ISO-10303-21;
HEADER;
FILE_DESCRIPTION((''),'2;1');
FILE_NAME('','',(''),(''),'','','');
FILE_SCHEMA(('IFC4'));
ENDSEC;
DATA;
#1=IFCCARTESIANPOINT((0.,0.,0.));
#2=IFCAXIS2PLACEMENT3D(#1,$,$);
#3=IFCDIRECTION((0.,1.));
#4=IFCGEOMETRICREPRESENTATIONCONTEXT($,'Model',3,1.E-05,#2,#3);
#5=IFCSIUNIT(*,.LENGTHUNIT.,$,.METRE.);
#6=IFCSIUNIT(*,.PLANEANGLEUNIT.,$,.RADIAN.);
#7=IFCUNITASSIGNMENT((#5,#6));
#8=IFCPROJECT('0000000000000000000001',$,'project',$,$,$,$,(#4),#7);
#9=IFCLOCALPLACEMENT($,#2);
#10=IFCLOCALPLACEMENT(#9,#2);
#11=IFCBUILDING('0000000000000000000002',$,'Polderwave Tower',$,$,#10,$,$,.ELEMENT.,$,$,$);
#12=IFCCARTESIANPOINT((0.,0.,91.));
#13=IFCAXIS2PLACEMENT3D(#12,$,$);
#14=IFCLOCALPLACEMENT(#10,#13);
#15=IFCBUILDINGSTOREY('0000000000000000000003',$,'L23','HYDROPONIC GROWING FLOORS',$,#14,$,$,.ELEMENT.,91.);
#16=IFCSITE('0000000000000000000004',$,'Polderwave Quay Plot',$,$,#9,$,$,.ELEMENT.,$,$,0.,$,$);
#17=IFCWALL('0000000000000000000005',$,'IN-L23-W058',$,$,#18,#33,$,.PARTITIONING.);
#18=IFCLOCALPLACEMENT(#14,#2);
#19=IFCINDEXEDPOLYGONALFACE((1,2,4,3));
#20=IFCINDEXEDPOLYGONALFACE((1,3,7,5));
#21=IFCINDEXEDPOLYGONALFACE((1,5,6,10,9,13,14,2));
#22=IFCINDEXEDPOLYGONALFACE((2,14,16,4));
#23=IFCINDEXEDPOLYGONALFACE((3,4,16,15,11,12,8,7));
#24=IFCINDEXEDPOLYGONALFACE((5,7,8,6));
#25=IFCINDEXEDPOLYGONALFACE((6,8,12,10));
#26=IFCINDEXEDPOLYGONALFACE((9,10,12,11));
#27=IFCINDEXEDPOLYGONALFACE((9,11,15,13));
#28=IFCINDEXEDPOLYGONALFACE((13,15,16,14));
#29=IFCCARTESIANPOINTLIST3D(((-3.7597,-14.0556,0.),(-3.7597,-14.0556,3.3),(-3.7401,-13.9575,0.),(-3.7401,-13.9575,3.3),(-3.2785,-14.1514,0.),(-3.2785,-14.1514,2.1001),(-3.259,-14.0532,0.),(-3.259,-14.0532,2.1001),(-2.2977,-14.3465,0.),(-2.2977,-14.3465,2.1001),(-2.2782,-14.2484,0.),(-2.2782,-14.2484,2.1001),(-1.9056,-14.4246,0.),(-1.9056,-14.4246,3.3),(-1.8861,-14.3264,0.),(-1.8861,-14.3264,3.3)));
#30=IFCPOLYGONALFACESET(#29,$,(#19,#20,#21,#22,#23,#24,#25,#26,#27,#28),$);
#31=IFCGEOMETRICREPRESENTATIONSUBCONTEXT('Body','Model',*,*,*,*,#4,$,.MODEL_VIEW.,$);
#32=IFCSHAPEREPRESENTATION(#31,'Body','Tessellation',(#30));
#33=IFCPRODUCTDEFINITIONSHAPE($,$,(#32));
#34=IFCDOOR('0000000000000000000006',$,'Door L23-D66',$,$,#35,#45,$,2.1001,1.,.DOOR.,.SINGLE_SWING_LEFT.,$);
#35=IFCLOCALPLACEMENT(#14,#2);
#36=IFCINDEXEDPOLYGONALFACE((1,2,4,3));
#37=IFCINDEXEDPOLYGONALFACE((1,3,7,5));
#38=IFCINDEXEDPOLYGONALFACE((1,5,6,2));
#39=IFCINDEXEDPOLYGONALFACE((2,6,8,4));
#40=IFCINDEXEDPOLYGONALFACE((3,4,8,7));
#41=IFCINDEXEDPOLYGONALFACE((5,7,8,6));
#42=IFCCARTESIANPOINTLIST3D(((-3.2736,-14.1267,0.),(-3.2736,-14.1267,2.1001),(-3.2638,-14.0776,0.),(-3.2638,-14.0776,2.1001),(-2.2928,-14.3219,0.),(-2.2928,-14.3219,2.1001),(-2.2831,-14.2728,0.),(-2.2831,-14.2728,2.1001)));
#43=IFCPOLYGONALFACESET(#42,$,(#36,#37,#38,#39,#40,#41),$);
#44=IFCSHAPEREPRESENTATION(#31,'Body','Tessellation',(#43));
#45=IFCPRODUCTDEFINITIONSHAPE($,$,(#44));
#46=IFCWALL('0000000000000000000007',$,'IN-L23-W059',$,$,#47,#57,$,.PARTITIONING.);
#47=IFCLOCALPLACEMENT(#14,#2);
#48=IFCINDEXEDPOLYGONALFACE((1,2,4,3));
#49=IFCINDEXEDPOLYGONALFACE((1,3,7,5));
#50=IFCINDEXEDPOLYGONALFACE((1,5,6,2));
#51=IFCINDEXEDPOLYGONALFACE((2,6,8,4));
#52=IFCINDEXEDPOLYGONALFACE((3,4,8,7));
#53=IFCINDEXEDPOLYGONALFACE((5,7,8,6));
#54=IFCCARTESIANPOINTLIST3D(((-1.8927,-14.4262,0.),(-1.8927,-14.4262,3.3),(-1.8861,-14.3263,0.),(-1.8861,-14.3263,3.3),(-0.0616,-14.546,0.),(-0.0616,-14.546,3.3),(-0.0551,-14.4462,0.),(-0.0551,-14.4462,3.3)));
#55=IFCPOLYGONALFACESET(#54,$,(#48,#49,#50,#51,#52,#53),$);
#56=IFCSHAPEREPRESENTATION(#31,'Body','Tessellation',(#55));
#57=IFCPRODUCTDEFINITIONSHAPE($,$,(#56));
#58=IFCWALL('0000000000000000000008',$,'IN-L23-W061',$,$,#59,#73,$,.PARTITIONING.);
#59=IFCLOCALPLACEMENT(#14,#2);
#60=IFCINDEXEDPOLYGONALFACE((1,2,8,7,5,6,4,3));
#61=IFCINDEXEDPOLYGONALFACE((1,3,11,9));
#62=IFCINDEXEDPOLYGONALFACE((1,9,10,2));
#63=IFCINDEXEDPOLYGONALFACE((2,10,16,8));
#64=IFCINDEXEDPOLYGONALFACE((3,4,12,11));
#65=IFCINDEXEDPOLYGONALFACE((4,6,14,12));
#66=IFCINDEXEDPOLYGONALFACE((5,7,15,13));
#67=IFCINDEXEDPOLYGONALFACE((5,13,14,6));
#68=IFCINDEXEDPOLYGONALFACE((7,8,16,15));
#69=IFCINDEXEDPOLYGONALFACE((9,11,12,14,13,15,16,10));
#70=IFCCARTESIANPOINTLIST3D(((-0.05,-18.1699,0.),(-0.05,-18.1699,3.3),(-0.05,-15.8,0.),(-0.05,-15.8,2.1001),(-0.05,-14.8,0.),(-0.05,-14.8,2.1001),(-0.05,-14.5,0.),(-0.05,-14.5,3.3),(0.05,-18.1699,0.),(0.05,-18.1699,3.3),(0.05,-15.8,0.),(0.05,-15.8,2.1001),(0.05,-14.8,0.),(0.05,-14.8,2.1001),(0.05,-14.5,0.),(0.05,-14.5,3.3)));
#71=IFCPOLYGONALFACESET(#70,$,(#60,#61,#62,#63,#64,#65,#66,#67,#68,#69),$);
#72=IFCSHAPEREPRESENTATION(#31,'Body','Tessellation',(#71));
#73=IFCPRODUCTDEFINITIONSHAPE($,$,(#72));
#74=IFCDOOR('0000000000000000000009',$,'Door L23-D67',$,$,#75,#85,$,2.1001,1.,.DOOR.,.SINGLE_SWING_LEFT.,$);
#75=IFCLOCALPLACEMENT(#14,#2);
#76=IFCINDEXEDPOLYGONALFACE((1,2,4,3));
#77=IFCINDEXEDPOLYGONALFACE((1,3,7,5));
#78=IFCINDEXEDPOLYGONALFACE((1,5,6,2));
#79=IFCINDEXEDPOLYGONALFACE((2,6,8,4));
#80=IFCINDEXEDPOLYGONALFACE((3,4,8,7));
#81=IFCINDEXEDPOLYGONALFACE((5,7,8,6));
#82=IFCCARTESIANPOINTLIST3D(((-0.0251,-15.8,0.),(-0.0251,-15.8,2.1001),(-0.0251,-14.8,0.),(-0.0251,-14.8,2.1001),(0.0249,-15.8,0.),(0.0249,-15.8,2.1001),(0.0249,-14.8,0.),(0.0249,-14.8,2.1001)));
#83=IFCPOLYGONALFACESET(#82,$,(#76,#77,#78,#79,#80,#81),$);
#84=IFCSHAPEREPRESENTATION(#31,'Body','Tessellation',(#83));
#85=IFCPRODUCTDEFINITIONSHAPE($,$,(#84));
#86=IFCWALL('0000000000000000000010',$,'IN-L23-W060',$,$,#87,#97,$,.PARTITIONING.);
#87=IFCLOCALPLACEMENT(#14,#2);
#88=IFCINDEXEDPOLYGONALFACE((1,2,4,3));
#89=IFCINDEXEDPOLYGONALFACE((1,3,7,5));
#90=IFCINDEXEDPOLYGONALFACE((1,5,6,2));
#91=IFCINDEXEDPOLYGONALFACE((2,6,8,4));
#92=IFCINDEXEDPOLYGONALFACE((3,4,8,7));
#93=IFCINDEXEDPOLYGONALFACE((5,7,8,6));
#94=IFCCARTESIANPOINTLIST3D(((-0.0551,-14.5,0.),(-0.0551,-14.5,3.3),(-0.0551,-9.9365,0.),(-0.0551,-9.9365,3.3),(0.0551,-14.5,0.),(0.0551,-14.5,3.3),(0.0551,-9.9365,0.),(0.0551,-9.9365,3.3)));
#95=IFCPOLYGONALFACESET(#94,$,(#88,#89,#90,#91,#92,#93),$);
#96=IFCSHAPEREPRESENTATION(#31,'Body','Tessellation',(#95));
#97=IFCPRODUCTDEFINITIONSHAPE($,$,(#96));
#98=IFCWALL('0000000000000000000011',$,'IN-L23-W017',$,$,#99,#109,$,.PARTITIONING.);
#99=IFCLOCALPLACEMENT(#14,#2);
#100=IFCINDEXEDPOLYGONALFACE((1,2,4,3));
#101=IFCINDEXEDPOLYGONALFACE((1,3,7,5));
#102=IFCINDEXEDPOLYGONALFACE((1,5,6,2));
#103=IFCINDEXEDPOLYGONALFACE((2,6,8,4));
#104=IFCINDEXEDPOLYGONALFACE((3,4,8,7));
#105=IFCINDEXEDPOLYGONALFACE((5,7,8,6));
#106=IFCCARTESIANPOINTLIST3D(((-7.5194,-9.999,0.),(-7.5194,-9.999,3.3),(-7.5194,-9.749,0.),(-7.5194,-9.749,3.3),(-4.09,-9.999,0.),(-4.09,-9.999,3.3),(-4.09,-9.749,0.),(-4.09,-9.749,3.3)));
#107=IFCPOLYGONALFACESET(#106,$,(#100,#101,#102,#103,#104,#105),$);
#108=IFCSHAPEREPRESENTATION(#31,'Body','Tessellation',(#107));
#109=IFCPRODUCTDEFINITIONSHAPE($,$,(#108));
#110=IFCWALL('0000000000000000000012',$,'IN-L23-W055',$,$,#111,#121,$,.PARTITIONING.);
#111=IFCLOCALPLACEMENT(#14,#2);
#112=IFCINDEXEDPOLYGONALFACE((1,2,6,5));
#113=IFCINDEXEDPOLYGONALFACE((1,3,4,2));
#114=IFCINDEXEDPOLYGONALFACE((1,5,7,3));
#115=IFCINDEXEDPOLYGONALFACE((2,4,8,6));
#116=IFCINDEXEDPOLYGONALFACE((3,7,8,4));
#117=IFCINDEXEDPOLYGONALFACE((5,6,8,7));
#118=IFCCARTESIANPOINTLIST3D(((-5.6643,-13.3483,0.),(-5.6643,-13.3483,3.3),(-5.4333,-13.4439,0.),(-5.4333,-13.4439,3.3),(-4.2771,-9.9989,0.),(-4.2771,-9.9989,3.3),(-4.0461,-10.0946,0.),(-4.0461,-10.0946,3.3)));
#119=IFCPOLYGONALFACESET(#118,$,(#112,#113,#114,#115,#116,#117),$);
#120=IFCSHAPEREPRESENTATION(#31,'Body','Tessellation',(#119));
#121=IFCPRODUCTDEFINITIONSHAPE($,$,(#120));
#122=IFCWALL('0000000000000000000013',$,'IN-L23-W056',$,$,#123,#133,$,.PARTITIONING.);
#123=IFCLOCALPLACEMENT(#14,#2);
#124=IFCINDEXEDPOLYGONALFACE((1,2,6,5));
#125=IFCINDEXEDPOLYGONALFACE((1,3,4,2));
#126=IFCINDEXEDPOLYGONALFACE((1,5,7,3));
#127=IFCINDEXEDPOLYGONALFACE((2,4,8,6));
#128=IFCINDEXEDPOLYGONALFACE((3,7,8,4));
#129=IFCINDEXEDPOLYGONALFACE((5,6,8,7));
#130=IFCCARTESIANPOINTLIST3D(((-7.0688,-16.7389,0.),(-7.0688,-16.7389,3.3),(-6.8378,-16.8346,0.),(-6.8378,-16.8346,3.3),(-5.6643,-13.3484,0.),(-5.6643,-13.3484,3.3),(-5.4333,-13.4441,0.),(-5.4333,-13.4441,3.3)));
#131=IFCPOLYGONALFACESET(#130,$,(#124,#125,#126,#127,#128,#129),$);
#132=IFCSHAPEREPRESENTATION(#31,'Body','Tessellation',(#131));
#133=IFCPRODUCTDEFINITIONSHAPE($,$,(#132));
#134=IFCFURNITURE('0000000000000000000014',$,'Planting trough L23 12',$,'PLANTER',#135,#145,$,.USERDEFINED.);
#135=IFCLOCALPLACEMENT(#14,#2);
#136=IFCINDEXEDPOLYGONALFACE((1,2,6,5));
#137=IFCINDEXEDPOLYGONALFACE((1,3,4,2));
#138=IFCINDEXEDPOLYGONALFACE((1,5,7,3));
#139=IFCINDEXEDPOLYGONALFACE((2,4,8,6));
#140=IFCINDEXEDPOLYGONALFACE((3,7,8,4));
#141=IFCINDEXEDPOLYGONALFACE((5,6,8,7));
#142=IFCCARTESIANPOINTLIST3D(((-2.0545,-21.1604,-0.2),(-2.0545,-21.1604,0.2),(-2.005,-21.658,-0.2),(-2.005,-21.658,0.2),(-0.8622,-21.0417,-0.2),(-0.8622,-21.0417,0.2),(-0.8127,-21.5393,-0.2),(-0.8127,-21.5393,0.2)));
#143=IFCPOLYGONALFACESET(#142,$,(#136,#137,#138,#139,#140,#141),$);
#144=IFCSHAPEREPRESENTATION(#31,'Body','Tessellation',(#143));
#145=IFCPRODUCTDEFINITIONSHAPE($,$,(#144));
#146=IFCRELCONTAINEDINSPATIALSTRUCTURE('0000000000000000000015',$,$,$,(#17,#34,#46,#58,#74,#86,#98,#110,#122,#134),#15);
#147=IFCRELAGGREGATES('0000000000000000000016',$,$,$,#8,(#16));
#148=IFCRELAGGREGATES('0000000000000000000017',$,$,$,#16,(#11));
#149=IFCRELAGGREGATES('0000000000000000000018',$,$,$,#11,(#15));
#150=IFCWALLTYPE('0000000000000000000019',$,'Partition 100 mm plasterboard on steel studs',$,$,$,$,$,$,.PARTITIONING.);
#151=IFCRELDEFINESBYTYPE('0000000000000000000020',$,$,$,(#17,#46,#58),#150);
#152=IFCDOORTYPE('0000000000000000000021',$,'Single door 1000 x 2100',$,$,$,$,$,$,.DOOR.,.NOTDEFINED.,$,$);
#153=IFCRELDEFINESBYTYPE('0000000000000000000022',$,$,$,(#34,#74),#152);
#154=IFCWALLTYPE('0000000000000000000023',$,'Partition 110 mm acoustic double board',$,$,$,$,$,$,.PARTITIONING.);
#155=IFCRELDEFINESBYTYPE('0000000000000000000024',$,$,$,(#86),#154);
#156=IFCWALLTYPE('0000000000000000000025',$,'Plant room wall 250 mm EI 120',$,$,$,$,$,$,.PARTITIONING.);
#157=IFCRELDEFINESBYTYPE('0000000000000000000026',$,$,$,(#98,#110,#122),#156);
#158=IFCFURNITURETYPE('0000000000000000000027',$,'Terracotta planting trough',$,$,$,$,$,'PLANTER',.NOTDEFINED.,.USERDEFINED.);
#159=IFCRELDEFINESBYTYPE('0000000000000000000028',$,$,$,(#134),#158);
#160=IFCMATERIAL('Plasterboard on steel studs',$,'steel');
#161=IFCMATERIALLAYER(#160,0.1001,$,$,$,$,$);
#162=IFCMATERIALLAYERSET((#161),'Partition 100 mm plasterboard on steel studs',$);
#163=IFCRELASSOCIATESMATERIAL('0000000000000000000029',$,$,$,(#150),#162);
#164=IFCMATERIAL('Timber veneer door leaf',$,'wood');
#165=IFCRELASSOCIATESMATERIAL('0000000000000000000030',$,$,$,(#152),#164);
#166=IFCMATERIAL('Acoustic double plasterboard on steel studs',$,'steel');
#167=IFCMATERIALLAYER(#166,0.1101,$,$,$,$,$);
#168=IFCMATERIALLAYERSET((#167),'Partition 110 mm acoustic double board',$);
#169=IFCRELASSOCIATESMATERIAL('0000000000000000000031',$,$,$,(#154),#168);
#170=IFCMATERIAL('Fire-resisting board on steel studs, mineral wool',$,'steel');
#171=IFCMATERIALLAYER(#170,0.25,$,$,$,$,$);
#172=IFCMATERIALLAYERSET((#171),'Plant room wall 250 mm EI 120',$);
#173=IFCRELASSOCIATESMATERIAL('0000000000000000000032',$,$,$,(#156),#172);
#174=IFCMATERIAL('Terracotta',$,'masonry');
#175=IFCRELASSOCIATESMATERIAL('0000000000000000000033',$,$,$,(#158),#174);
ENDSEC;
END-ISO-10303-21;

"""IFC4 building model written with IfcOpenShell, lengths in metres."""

from ifc_helpers import new_model, si_unit, direction, frame, frame_2d, origin, origin_2d, place, context, subcontext, project, spatial, rectangle, extrude, material, layer, layer_set, type_object, element, fill, save


model = new_model("IFC4")

# Units and contexts
model_context = context("Model", 3, precision=1e-05, world=origin(), true_north=direction((0.0, 1.0)))
body_context = subcontext(model_context, "Body", "Model", "MODEL_VIEW")
ifc_project = project(units=[si_unit("LENGTHUNIT", "METRE"), si_unit("PLANEANGLEUNIT", "RADIAN")], contexts=[model_context])

# Site, building, storey
site_placement = place(None, origin())
site = spatial("IfcSite", under=ifc_project, at=site_placement, Name="Polderwave Quay Plot", CompositionType="ELEMENT", RefElevation=0.0)
building_placement = place(site_placement, origin())
building = spatial("IfcBuilding", under=site, at=building_placement, Name="Polderwave Tower", CompositionType="ELEMENT")
storey_placement = place(building_placement, frame((0.0, 0.0, 91.0)))
storey = spatial("IfcBuildingStorey", under=building, at=storey_placement, Name="L23", Description="HYDROPONIC GROWING FLOORS", CompositionType="ELEMENT", Elevation=91.0)

# Shared definitions
ifc_material_1 = material(Name="Plasterboard on steel studs", Category="steel")
ifc_layer_1 = layer(ifc_material_1, 0.1001)
ifc_layer_set_1 = layer_set([ifc_layer_1], Name="Partition 100 mm plasterboard on steel studs")
wall_type_1 = type_object("IfcWallType", Name="Partition 100 mm plasterboard on steel studs", PredefinedType="PARTITIONING", material=ifc_layer_set_1)

# Wall, opening, door
wall_1_placement = place(storey_placement, frame((-1.8958, -14.3755, 0.0), z_axis=(0.0, 0.0, 1.0), x_axis=(-0.980774, 0.195147, 0.0)))
wall_1 = element("IfcWall", 1, at=wall_1_placement, inside=storey, type_object=wall_type_1, Name="IN-L23-W058", PredefinedType="PARTITIONING", context=body_context, shape_type="SweptSolid", body=[
    extrude(rectangle(XDim=1.8904, YDim=0.1001, at=frame_2d((0.9453, 0.0))), origin(), (0.0, 0.0, 1.0), 3.3),
])
opening_1_placement = place(wall_1_placement, frame((0.3999, 0.0, 0.0)))
opening_1 = element("IfcOpeningElement", 2, at=opening_1_placement, cuts=wall_1, PredefinedType="OPENING", context=body_context, shape_type="SweptSolid", body=[
    extrude(rectangle(XDim=1.0, YDim=2.1001, at=frame_2d((0.5, 1.05))), frame((0.0, 0.0601, 0.0), z_axis=(0.0, -1.0, 0.0), x_axis=(1.0, 0.0, 0.0)), (0.0, 0.0, 1.0), 0.1201),
])
ifc_material_2 = material(Name="Timber veneer door leaf", Category="wood")
door_type_1 = type_object("IfcDoorType", Name="Single door 1000 x 2100", OperationType="NOTDEFINED", PredefinedType="DOOR", material=ifc_material_2)
door_1_placement = place(opening_1_placement, origin())
door_1 = element("IfcDoor", 3, at=door_1_placement, inside=storey, type_object=door_type_1, Name="Door L23-D66", OperationType="SINGLE_SWING_LEFT", OverallHeight=2.1001, OverallWidth=1.0, PredefinedType="DOOR", context=body_context, shape_type="SweptSolid", body=[
    extrude(rectangle(XDim=1.0, YDim=2.1001, at=frame_2d((0.5, 1.05))), frame((0.0, 0.0249, 0.0), z_axis=(0.0, -1.0, 0.0), x_axis=(1.0, 0.0, 0.0)), (0.0, 0.0, 1.0), 0.05),
])
fill(opening_1, door_1)

# Wall
wall_2_placement = place(storey_placement, frame((-0.0583, -14.4961, 0.0), z_axis=(0.0, 0.0, 1.0), x_axis=(-0.997864, 0.065327, 0.0)))
element("IfcWall", 4, at=wall_2_placement, inside=storey, type_object=wall_type_1, Name="IN-L23-W059", PredefinedType="PARTITIONING", context=body_context, shape_type="SweptSolid", body=[
    extrude(rectangle(XDim=1.835, YDim=0.1001, at=frame_2d((0.9175, 0.0))), origin(), (0.0, 0.0, 1.0), 3.3),
])

# Wall, opening, door
wall_3_placement = place(storey_placement, frame((0.0, -14.5, 0.0), z_axis=(0.0, 0.0, 1.0), x_axis=(0.0, -1.0, 0.0)))
wall_3 = element("IfcWall", 5, at=wall_3_placement, inside=storey, type_object=wall_type_1, Name="IN-L23-W061", PredefinedType="PARTITIONING", context=body_context, shape_type="SweptSolid", body=[
    extrude(rectangle(XDim=3.6699, YDim=0.1001, at=frame_2d((1.835, 0.0))), origin(), (0.0, 0.0, 1.0), 3.3),
])
opening_2_placement = place(wall_3_placement, frame((0.3, 0.0, 0.0)))
opening_2 = element("IfcOpeningElement", 6, at=opening_2_placement, cuts=wall_3, PredefinedType="OPENING", context=body_context, shape_type="SweptSolid", body=[
    extrude(rectangle(XDim=1.0, YDim=2.1001, at=frame_2d((0.5, 1.05))), frame((0.0, 0.0601, 0.0), z_axis=(0.0, -1.0, 0.0), x_axis=(1.0, 0.0, 0.0)), (0.0, 0.0, 1.0), 0.1201),
])
door_2_placement = place(opening_2_placement, origin())
door_2 = element("IfcDoor", 7, at=door_2_placement, inside=storey, type_object=door_type_1, Name="Door L23-D67", OperationType="SINGLE_SWING_LEFT", OverallHeight=2.1001, OverallWidth=1.0, PredefinedType="DOOR", context=body_context, shape_type="SweptSolid", body=[
    extrude(rectangle(XDim=1.0, YDim=2.1001, at=frame_2d((0.5, 1.05))), frame((0.0, 0.0249, 0.0), z_axis=(0.0, -1.0, 0.0), x_axis=(1.0, 0.0, 0.0)), (0.0, 0.0, 1.0), 0.05),
])
fill(opening_2, door_2)

# Walls
ifc_material_3 = material(Name="Acoustic double plasterboard on steel studs", Category="steel")
ifc_layer_2 = layer(ifc_material_3, 0.1101)
ifc_layer_set_2 = layer_set([ifc_layer_2], Name="Partition 110 mm acoustic double board")
wall_type_2 = type_object("IfcWallType", Name="Partition 110 mm acoustic double board", PredefinedType="PARTITIONING", material=ifc_layer_set_2)
wall_4_placement = place(storey_placement, frame((0.0, -9.9365, 0.0), z_axis=(0.0, 0.0, 1.0), x_axis=(0.0, -1.0, 0.0)))
element("IfcWall", 8, at=wall_4_placement, inside=storey, type_object=wall_type_2, Name="IN-L23-W060", PredefinedType="PARTITIONING", context=body_context, shape_type="SweptSolid", body=[
    extrude(rectangle(XDim=4.5635, YDim=0.1101, at=frame_2d((2.2817, 0.0))), origin(), (0.0, 0.0, 1.0), 3.3),
])
ifc_material_4 = material(Name="Fire-resisting board on steel studs, mineral wool", Category="steel")
ifc_layer_3 = layer(ifc_material_4, 0.25)
ifc_layer_set_3 = layer_set([ifc_layer_3], Name="Plant room wall 250 mm EI 120")
wall_type_3 = type_object("IfcWallType", Name="Plant room wall 250 mm EI 120", PredefinedType="PARTITIONING", material=ifc_layer_set_3)
wall_5_placement = place(storey_placement, frame((-4.0898, -9.874, 0.0), z_axis=(0.0, 0.0, 1.0), x_axis=(-1.0, 0.0, 0.0)))
element("IfcWall", 9, at=wall_5_placement, inside=storey, type_object=wall_type_3, Name="IN-L23-W017", PredefinedType="PARTITIONING", context=body_context, shape_type="SweptSolid", body=[
    extrude(rectangle(XDim=3.4294, YDim=0.25, at=frame_2d((1.7148, 0.0))), origin(), (0.0, 0.0, 1.0), 3.3),
])
wall_6_placement = place(storey_placement, frame((-4.1616, -10.0469, 0.0), z_axis=(0.0, 0.0, 1.0), x_axis=(-0.382649, -0.923894, 0.0)))
element("IfcWall", 10, at=wall_6_placement, inside=storey, type_object=wall_type_3, Name="IN-L23-W055", PredefinedType="PARTITIONING", context=body_context, shape_type="SweptSolid", body=[
    extrude(rectangle(XDim=3.6252, YDim=0.25, at=frame_2d((1.8125, 0.0))), origin(), (0.0, 0.0, 1.0), 3.3),
])
wall_7_placement = place(storey_placement, frame((-5.5488, -13.3962, 0.0), z_axis=(0.0, 0.0, 1.0), x_axis=(-0.382706, -0.92387, 0.0)))
element("IfcWall", 11, at=wall_7_placement, inside=storey, type_object=wall_type_3, Name="IN-L23-W056", PredefinedType="PARTITIONING", context=body_context, shape_type="SweptSolid", body=[
    extrude(rectangle(XDim=3.6699, YDim=0.25, at=frame_2d((1.835, 0.0))), origin(), (0.0, 0.0, 1.0), 3.3),
])

# Furniture
ifc_material_5 = material(Name="Terracotta", Category="masonry")
furniture_type = type_object("IfcFurnitureType", Name="Terracotta planting trough", ElementType="PLANTER", AssemblyPlace="NOTDEFINED", PredefinedType="USERDEFINED", material=ifc_material_5)
furniture_placement = place(storey_placement, frame((-1.4336, -21.3499, -0.2), z_axis=(0.0, 0.0, 1.0), x_axis=(0.99508, 0.099071, 0.0)))
element("IfcFurniture", 12, at=furniture_placement, inside=storey, type_object=furniture_type, Name="Planting trough L23 12", ObjectType="PLANTER", PredefinedType="USERDEFINED", context=body_context, shape_type="SweptSolid", body=[
    extrude(rectangle(XDim=1.1982, YDim=0.5, at=origin_2d()), origin(), (0.0, 0.0, 1.0), 0.3999),
])

save(model, "model.ifc")
